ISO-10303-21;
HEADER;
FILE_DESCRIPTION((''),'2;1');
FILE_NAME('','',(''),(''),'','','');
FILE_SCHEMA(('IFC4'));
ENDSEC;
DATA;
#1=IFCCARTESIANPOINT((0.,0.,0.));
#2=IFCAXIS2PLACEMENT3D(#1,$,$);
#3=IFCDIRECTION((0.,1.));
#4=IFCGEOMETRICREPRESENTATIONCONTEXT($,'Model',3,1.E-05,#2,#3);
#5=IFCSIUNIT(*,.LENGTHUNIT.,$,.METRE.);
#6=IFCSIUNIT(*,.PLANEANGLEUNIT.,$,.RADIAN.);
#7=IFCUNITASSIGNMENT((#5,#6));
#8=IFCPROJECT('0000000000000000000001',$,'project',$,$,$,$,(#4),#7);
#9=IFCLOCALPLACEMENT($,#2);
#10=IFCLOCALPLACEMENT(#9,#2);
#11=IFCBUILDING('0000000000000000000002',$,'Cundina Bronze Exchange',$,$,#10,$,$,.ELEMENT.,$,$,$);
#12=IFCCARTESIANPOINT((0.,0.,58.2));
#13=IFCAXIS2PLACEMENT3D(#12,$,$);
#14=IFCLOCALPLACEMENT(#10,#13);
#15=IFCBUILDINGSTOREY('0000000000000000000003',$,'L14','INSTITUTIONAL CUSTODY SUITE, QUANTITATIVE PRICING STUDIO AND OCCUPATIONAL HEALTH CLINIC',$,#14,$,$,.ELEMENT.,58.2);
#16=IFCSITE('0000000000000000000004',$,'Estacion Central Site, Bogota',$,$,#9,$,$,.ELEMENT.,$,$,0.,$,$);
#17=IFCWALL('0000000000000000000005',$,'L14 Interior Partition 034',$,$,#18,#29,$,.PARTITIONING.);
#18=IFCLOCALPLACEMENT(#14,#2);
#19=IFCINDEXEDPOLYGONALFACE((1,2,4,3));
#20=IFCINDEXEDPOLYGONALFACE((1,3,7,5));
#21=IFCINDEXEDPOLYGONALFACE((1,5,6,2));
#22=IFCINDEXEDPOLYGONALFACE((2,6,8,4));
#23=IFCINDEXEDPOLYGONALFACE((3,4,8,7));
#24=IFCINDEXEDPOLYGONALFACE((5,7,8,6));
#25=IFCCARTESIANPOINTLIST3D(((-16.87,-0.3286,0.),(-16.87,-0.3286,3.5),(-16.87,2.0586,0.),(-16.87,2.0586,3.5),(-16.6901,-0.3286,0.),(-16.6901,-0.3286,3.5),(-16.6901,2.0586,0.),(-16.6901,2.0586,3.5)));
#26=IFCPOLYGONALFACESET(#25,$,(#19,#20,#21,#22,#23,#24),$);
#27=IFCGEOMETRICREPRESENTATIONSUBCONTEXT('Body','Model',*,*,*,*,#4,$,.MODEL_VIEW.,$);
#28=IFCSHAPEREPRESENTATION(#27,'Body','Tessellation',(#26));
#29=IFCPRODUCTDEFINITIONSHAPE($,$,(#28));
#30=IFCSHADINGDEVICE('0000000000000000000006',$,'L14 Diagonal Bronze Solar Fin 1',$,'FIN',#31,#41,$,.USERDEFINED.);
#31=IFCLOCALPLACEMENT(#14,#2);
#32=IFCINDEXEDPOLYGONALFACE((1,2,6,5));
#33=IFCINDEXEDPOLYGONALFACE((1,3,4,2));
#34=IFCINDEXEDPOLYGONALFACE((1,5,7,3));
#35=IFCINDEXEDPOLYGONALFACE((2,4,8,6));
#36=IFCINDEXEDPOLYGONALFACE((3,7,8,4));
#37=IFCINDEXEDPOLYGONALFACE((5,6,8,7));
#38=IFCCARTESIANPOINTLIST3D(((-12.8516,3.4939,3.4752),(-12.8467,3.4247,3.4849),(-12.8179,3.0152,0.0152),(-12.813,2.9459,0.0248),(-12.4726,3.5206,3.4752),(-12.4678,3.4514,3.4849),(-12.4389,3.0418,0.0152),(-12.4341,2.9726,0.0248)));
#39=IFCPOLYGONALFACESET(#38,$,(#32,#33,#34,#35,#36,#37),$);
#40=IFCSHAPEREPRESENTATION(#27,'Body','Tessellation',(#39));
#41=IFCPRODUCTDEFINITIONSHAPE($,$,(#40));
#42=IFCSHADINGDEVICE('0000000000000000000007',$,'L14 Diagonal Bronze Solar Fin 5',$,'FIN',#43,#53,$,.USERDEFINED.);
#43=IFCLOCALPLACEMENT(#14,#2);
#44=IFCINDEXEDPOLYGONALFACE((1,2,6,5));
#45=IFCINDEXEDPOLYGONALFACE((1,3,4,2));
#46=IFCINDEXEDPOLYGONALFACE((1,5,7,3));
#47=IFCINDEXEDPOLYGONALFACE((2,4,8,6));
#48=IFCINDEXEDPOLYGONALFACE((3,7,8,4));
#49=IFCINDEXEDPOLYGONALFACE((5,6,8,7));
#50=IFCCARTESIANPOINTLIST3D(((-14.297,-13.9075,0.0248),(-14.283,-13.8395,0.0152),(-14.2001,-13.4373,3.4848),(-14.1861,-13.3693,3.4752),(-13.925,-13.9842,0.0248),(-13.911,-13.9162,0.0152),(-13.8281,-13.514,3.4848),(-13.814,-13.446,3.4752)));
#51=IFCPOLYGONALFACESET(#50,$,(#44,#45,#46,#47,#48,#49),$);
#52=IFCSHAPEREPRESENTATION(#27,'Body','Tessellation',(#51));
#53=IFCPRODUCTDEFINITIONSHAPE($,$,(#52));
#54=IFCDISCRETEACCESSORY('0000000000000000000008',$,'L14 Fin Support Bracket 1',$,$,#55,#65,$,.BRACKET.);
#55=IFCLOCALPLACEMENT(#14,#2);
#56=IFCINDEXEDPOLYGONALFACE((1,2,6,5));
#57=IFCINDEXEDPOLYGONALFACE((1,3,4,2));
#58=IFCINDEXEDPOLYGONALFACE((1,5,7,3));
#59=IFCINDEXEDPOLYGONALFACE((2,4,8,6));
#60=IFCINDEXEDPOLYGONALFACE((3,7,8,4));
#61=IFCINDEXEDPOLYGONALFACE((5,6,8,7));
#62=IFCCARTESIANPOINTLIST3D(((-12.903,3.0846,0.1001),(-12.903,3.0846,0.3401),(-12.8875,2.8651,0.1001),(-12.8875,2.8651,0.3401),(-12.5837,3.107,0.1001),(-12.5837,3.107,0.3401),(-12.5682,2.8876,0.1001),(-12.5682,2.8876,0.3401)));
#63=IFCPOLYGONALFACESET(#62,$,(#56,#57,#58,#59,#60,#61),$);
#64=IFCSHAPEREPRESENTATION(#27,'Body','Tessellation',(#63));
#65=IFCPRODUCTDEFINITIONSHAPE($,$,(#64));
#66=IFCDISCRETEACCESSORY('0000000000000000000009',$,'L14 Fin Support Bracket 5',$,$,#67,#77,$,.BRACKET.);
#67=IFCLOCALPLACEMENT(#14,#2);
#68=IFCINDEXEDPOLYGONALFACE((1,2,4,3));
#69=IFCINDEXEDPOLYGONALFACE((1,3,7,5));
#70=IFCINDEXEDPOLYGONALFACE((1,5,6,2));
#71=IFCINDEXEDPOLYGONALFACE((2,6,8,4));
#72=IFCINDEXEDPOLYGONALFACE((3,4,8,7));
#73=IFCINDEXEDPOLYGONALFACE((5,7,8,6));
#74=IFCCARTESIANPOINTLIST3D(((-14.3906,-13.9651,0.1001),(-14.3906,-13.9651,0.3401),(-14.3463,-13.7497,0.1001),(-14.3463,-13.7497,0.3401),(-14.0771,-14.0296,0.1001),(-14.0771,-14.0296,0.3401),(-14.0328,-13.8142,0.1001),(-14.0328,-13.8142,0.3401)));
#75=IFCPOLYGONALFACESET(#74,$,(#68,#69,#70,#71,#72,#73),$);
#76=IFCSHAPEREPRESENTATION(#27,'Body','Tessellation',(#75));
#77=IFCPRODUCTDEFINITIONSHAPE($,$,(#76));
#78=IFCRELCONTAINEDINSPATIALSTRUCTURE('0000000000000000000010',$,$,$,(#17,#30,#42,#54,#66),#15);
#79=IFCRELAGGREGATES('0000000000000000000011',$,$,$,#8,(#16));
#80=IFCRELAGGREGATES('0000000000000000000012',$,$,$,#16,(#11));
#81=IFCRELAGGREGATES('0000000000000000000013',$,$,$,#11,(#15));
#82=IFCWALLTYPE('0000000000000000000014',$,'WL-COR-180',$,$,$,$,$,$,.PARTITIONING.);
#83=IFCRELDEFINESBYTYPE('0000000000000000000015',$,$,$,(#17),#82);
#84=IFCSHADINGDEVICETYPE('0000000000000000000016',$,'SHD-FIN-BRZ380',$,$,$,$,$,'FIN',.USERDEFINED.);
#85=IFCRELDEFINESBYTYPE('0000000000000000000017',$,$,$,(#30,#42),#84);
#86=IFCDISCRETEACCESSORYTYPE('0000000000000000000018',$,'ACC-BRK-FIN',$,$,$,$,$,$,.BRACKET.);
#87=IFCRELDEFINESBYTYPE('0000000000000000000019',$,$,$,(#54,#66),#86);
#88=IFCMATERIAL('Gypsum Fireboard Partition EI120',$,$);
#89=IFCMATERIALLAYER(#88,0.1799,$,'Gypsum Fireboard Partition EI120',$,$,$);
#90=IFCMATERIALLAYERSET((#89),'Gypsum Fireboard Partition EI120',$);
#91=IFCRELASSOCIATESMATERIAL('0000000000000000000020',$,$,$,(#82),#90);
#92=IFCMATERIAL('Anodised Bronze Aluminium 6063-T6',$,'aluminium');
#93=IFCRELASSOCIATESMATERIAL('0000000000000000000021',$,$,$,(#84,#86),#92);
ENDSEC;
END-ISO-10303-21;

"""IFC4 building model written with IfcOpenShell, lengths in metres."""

from ifc_helpers import new_model, si_unit, direction, frame, frame_2d, origin, origin_2d, place, context, subcontext, project, spatial, rectangle, extrude, material, layer, layer_set, material_profile, profile_set, type_object, element, save


model = new_model("IFC4")

# Units and contexts
model_context = context("Model", 3, precision=1e-05, world=origin(), true_north=direction((0.0, 1.0)))
body_context = subcontext(model_context, "Body", "Model", "MODEL_VIEW")
ifc_project = project(units=[si_unit("LENGTHUNIT", "METRE"), si_unit("PLANEANGLEUNIT", "RADIAN")], contexts=[model_context])

# Site, building, storey
site_placement = place(None, origin())
site = spatial("IfcSite", under=ifc_project, at=site_placement, Name="Estacion Central Site, Bogota", CompositionType="ELEMENT", RefElevation=0.0)
building_placement = place(site_placement, origin())
building = spatial("IfcBuilding", under=site, at=building_placement, Name="Cundina Bronze Exchange", CompositionType="ELEMENT")
storey_placement = place(building_placement, frame((0.0, 0.0, 58.2)))
storey = spatial("IfcBuildingStorey", under=building, at=storey_placement, Name="L14", Description="INSTITUTIONAL CUSTODY SUITE, QUANTITATIVE PRICING STUDIO AND OCCUPATIONAL HEALTH CLINIC", CompositionType="ELEMENT", Elevation=58.2)

# Shared definitions
ifc_material_1 = material(Name="Anodised Bronze Aluminium 6063-T6", Category="aluminium")

# Wall
ifc_material_2 = material(Name="Gypsum Fireboard Partition EI120")
ifc_layer_1 = layer(ifc_material_2, 0.1799, Name="Gypsum Fireboard Partition EI120")
ifc_layer_set_1 = layer_set([ifc_layer_1], Name="Gypsum Fireboard Partition EI120")
wall_type = type_object("IfcWallType", Name="WL-COR-180", PredefinedType="PARTITIONING", material=ifc_layer_set_1)
wall_1_placement = place(storey_placement, frame((-16.78, -0.3286, 0.0), z_axis=(0.0, 0.0, 1.0), x_axis=(0.0, 1.0, 0.0)))
element("IfcWall", 1, at=wall_1_placement, inside=storey, type_object=wall_type, Name="L14 Interior Partition 034", PredefinedType="PARTITIONING", context=body_context, shape_type="SweptSolid", body=[
    extrude(rectangle(XDim=2.3872, YDim=0.1799, at=frame_2d((1.1936, 0.0))), origin(), (0.0, 0.0, 1.0), 3.5),
])

# Shading devices
ifc_material_profile_1 = material_profile(ifc_material_1, rectangle(XDim=0.0701, YDim=0.3799, at=origin_2d()), Name="FIN70X380", Category="aluminium")
ifc_profile_set_1 = profile_set([ifc_material_profile_1], Name="Anodised Bronze Aluminium 6063-T6")
shading_device_type = type_object("IfcShadingDeviceType", Name="SHD-FIN-BRZ380", ElementType="FIN", PredefinedType="USERDEFINED", material=ifc_profile_set_1)
for number, where, z_axis, x_axis, name in (
    (2, (-12.626, 2.9939, 0.02), (-0.009645, 0.137059, 0.990516), (0.069533, -0.988072, 0.137398), "L14 Diagonal Bronze Solar Fin 1"),
    (3, (-14.104, -13.9119, 0.02), (0.027747, 0.134612, 0.99051), (-0.199967, -0.970115, 0.137442), "L14 Diagonal Bronze Solar Fin 5"),
):
    element("IfcShadingDevice", number, at=place(storey_placement, frame(where, z_axis=z_axis, x_axis=x_axis)), inside=storey, type_object=shading_device_type, Name=name, ObjectType="FIN", PredefinedType="USERDEFINED", context=body_context, shape_type="SweptSolid", body=[
        extrude(rectangle(XDim=0.0701, YDim=0.3799, at=origin_2d()), origin(), (0.0, 0.0, 1.0), 3.4932),
    ])

# Discrete accessories
discrete_accessory_type = type_object("IfcDiscreteAccessoryType", Name="ACC-BRK-FIN", PredefinedType="BRACKET", material=ifc_material_1)
for number, where, z_axis, x_axis, name in (
    (4, (-12.7356, 2.9861, 0.1001), (0.0, 0.0, 1.0), (-0.070279, 0.997527, 0.0), "L14 Fin Support Bracket 1"),
    (5, (-14.2117, -13.8896, 0.1001), (0.0, 0.0, 1.0), (0.20142, 0.979505, 0.0), "L14 Fin Support Bracket 5"),
):
    element("IfcDiscreteAccessory", number, at=place(storey_placement, frame(where, z_axis=z_axis, x_axis=x_axis)), inside=storey, type_object=discrete_accessory_type, Name=name, PredefinedType="BRACKET", context=body_context, shape_type="SweptSolid", body=[
        extrude(rectangle(XDim=0.22, YDim=0.3201, at=origin_2d()), origin(), (0.0, 0.0, 1.0), 0.24),
    ])

save(model, "model.ifc")
